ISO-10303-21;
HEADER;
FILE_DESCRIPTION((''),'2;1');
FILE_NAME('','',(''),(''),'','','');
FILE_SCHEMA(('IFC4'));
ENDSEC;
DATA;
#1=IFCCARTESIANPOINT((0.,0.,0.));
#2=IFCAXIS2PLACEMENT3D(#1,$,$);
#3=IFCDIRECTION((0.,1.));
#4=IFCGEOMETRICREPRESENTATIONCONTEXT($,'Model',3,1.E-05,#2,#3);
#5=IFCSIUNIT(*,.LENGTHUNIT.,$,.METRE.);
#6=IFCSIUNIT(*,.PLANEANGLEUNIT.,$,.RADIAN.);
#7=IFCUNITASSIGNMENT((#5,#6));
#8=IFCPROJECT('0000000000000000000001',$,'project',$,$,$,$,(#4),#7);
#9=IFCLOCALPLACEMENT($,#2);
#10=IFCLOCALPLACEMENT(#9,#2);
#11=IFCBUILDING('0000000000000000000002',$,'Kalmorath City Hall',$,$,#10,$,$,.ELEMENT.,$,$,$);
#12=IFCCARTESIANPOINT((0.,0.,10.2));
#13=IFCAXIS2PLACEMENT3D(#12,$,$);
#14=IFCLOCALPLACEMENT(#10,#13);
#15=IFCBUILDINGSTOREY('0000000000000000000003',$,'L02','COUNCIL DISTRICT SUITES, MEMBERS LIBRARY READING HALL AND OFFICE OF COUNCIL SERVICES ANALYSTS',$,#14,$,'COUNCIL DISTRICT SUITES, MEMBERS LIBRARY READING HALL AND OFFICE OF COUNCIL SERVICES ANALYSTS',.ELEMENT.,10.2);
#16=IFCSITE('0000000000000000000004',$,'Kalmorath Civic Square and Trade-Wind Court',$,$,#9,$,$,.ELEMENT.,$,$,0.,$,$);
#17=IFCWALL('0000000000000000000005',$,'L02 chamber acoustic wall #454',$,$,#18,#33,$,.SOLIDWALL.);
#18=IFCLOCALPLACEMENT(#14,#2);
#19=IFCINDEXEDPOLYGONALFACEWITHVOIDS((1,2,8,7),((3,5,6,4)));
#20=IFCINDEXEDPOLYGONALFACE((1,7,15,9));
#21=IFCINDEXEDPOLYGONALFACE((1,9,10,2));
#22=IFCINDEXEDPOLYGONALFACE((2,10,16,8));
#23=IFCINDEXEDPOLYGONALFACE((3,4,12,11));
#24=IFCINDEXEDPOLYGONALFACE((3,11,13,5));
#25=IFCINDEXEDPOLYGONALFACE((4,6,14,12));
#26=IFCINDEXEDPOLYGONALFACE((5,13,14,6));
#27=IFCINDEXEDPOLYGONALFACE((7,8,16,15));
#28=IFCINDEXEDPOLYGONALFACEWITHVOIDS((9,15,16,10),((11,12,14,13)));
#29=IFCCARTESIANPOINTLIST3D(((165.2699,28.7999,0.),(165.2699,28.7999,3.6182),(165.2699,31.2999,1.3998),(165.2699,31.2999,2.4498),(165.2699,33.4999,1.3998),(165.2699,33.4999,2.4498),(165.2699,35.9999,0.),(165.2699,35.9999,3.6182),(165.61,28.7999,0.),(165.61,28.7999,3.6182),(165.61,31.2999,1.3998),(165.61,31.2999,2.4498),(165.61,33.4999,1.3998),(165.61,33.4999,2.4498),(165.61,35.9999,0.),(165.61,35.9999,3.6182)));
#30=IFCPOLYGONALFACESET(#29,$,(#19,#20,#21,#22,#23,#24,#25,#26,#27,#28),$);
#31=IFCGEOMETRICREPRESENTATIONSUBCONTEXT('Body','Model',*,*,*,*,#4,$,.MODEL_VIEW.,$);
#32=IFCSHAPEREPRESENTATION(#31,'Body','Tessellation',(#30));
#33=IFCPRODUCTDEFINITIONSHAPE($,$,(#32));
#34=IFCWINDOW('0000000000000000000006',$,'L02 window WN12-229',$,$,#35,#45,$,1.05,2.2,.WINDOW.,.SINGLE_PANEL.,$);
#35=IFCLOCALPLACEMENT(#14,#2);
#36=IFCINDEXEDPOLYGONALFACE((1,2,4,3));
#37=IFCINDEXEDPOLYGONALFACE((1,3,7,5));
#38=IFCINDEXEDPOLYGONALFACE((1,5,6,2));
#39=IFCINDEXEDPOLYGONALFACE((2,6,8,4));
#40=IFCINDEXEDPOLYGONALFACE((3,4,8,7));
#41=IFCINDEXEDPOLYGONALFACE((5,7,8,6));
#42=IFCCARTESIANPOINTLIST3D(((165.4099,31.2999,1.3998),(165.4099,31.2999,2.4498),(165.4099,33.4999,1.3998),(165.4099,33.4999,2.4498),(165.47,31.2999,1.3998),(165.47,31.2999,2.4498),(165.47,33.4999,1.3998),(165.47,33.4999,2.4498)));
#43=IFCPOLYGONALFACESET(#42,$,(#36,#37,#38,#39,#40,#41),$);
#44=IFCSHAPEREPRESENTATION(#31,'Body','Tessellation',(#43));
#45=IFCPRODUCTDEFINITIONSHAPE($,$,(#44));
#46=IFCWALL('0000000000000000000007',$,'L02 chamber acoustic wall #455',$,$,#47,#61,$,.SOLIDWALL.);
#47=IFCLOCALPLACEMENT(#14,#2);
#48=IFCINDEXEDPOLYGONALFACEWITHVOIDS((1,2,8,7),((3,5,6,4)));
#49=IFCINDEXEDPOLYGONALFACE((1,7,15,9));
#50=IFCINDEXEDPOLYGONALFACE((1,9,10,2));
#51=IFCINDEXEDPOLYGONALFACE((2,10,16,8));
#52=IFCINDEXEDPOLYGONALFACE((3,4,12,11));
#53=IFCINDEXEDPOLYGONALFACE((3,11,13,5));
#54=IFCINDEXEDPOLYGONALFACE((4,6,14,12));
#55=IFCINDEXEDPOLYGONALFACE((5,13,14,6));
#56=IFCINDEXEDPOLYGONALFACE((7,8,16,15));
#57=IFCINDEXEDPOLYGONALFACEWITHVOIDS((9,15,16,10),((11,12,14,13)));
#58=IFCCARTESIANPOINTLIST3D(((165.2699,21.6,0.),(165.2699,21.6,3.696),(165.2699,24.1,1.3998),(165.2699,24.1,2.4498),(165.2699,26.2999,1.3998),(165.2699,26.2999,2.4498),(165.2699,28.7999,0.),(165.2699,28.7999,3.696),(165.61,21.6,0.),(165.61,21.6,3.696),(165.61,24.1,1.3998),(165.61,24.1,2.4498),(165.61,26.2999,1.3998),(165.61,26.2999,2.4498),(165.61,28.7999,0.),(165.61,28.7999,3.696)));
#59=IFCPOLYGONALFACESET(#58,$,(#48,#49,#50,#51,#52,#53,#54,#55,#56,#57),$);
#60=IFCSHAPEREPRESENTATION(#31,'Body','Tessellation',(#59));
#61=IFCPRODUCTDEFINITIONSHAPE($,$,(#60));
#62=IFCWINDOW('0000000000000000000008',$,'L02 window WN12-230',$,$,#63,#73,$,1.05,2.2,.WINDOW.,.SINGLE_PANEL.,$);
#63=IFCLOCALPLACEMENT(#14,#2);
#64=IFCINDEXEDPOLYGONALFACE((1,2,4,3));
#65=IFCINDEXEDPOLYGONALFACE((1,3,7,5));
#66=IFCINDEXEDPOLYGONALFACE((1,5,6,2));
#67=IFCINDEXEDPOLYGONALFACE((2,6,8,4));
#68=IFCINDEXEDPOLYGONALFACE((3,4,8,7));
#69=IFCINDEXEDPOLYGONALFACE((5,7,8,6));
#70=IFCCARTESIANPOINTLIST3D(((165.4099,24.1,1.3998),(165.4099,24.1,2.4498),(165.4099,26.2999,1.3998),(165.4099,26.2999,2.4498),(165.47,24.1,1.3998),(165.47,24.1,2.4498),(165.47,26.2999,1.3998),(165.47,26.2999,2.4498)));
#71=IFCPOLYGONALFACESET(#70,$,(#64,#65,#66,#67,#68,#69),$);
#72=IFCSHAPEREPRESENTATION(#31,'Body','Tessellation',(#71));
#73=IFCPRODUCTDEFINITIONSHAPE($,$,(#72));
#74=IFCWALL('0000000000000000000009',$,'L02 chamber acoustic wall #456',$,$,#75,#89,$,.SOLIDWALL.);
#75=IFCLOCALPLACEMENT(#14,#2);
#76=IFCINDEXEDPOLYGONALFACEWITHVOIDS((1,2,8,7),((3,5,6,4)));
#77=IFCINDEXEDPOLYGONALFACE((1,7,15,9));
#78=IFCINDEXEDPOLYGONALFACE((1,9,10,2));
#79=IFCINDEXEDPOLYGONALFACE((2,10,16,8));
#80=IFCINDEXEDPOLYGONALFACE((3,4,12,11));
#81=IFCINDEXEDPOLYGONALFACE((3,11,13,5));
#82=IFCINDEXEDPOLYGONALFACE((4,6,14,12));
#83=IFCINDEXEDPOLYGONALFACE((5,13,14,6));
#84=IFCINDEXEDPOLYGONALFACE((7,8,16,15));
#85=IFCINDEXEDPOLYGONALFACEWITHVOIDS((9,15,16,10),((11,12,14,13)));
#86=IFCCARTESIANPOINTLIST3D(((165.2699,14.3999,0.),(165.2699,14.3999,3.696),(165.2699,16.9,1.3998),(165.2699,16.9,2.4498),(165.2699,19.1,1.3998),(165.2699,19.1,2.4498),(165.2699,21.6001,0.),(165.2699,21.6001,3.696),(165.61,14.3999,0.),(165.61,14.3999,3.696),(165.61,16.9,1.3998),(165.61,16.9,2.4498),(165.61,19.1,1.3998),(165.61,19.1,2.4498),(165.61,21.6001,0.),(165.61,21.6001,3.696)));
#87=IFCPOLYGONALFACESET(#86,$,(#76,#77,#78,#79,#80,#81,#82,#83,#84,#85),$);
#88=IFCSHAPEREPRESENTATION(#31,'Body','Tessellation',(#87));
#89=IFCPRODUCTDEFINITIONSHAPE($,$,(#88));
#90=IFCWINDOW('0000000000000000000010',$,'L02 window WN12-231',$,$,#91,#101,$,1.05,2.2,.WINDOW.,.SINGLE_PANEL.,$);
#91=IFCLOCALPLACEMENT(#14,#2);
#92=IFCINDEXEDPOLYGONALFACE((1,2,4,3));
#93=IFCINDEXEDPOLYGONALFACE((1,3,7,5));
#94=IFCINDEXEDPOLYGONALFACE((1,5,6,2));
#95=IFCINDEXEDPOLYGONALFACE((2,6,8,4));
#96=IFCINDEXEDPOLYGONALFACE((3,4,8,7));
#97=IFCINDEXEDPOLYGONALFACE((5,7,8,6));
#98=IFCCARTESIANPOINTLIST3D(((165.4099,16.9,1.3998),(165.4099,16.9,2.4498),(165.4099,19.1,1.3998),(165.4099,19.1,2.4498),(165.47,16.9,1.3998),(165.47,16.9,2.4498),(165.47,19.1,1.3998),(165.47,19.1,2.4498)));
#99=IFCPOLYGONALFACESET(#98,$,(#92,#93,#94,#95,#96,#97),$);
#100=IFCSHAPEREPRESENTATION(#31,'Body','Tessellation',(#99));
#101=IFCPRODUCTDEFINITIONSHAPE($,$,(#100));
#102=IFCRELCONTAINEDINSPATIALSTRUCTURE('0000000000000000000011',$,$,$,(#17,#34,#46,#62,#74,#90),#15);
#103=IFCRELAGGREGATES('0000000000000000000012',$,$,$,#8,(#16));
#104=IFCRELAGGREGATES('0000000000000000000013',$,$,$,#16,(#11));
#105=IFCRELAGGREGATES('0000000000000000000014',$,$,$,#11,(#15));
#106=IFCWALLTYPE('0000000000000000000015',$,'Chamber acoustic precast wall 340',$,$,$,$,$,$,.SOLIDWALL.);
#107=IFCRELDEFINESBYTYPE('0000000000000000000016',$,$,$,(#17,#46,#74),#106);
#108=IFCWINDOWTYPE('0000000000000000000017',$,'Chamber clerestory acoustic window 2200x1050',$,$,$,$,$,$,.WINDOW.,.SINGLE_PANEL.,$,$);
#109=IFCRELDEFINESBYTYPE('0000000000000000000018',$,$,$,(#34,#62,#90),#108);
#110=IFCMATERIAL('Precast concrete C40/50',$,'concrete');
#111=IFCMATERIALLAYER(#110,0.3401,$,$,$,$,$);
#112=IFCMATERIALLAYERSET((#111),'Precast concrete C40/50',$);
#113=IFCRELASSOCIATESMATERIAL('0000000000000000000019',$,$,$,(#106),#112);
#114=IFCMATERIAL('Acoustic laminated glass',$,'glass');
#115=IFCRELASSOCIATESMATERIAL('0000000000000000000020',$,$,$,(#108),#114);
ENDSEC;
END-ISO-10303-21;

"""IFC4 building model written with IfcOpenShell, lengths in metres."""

from ifc_helpers import new_model, si_unit, direction, frame, frame_2d, origin, place, context, subcontext, project, spatial, rectangle, extrude, material, layer, layer_set, type_object, element, fill, save


model = new_model("IFC4")

# Units and contexts
model_context = context("Model", 3, precision=1e-05, world=origin(), true_north=direction((0.0, 1.0)))
body_context = subcontext(model_context, "Body", "Model", "MODEL_VIEW")
ifc_project = project(units=[si_unit("LENGTHUNIT", "METRE"), si_unit("PLANEANGLEUNIT", "RADIAN")], contexts=[model_context])

# Site, building, storey
site_placement = place(None, origin())
site = spatial("IfcSite", under=ifc_project, at=site_placement, Name="Kalmorath Civic Square and Trade-Wind Court", CompositionType="ELEMENT", RefElevation=0.0)
building_placement = place(site_placement, origin())
building = spatial("IfcBuilding", under=site, at=building_placement, Name="Kalmorath City Hall", CompositionType="ELEMENT")
storey_placement = place(building_placement, frame((0.0, 0.0, 10.2)))
storey = spatial("IfcBuildingStorey", under=building, at=storey_placement, Name="L02", Description="COUNCIL DISTRICT SUITES, MEMBERS LIBRARY READING HALL AND OFFICE OF COUNCIL SERVICES ANALYSTS", LongName="COUNCIL DISTRICT SUITES, MEMBERS LIBRARY READING HALL AND OFFICE OF COUNCIL SERVICES ANALYSTS", CompositionType="ELEMENT", Elevation=10.2)

# Walls, openings, windows
ifc_material_1 = material(Name="Precast concrete C40/50", Category="concrete")
ifc_layer = layer(ifc_material_1, 0.3401)
ifc_layer_set = layer_set([ifc_layer], Name="Precast concrete C40/50")
wall_type = type_object("IfcWallType", Name="Chamber acoustic precast wall 340", PredefinedType="SOLIDWALL", material=ifc_layer_set)
wall_1_placement = place(storey_placement, frame((165.4399, 36.0, 0.0), z_axis=(0.0, 0.0, 1.0), x_axis=(0.0, -1.0, 0.0)))
wall_1 = element("IfcWall", 1, at=wall_1_placement, inside=storey, type_object=wall_type, Name="L02 chamber acoustic wall #454", PredefinedType="SOLIDWALL", context=body_context, shape_type="SweptSolid", body=[
    extrude(rectangle(XDim=7.2, YDim=0.3401, at=frame_2d((3.6001, 0.0))), origin(), (0.0, 0.0, 1.0), 3.6182),
])
opening_1_placement = place(wall_1_placement, frame((2.5, 0.0, 1.3999)))
opening_1 = element("IfcOpeningElement", 2, at=opening_1_placement, cuts=wall_1, PredefinedType="OPENING", context=body_context, shape_type="SweptSolid", body=[
    extrude(rectangle(XDim=2.2, YDim=1.05, at=frame_2d((1.1001, 0.5249))), frame((0.0, 0.1799, 0.0), z_axis=(0.0, -1.0, 0.0), x_axis=(1.0, 0.0, 0.0)), (0.0, 0.0, 1.0), 0.3601),
])
ifc_material_2 = material(Name="Acoustic laminated glass", Category="glass")
window_type = type_object("IfcWindowType", Name="Chamber clerestory acoustic window 2200x1050", PartitioningType="SINGLE_PANEL", PredefinedType="WINDOW", material=ifc_material_2)
window_1_placement = place(opening_1_placement, origin())
window_1 = element("IfcWindow", 3, at=window_1_placement, inside=storey, type_object=window_type, Name="L02 window WN12-229", OverallHeight=1.05, OverallWidth=2.2, PartitioningType="SINGLE_PANEL", PredefinedType="WINDOW", context=body_context, shape_type="SweptSolid", body=[
    extrude(rectangle(XDim=2.2, YDim=1.05, at=frame_2d((1.1001, 0.5249))), frame((0.0, 0.03, 0.0), z_axis=(0.0, -1.0, 0.0), x_axis=(1.0, 0.0, 0.0)), (0.0, 0.0, 1.0), 0.0601),
])
fill(opening_1, window_1)
wall_2_placement = place(storey_placement, frame((165.4399, 28.8, 0.0), z_axis=(0.0, 0.0, 1.0), x_axis=(0.0, -1.0, 0.0)))
wall_2 = element("IfcWall", 4, at=wall_2_placement, inside=storey, type_object=wall_type, Name="L02 chamber acoustic wall #455", PredefinedType="SOLIDWALL", context=body_context, shape_type="SweptSolid", body=[
    extrude(rectangle(XDim=7.2, YDim=0.3401, at=frame_2d((3.6001, 0.0))), origin(), (0.0, 0.0, 1.0), 3.696),
])
opening_2_placement = place(wall_2_placement, frame((2.5, 0.0, 1.3999)))
opening_2 = element("IfcOpeningElement", 5, at=opening_2_placement, cuts=wall_2, PredefinedType="OPENING", context=body_context, shape_type="SweptSolid", body=[
    extrude(rectangle(XDim=2.2, YDim=1.05, at=frame_2d((1.1001, 0.5249))), frame((0.0, 0.1799, 0.0), z_axis=(0.0, -1.0, 0.0), x_axis=(1.0, 0.0, 0.0)), (0.0, 0.0, 1.0), 0.3601),
])
window_2_placement = place(opening_2_placement, origin())
window_2 = element("IfcWindow", 6, at=window_2_placement, inside=storey, type_object=window_type, Name="L02 window WN12-230", OverallHeight=1.05, OverallWidth=2.2, PartitioningType="SINGLE_PANEL", PredefinedType="WINDOW", context=body_context, shape_type="SweptSolid", body=[
    extrude(rectangle(XDim=2.2, YDim=1.05, at=frame_2d((1.1001, 0.5249))), frame((0.0, 0.03, 0.0), z_axis=(0.0, -1.0, 0.0), x_axis=(1.0, 0.0, 0.0)), (0.0, 0.0, 1.0), 0.0601),
])
fill(opening_2, window_2)
wall_3_placement = place(storey_placement, frame((165.4399, 21.6001, 0.0), z_axis=(0.0, 0.0, 1.0), x_axis=(0.0, -1.0, 0.0)))
wall_3 = element("IfcWall", 7, at=wall_3_placement, inside=storey, type_object=wall_type, Name="L02 chamber acoustic wall #456", PredefinedType="SOLIDWALL", context=body_context, shape_type="SweptSolid", body=[
    extrude(rectangle(XDim=7.2002, YDim=0.3401, at=frame_2d((3.6001, 0.0))), origin(), (0.0, 0.0, 1.0), 3.696),
])
opening_3_placement = place(wall_3_placement, frame((2.5, 0.0, 1.3999)))
opening_3 = element("IfcOpeningElement", 8, at=opening_3_placement, cuts=wall_3, PredefinedType="OPENING", context=body_context, shape_type="SweptSolid", body=[
    extrude(rectangle(XDim=2.2, YDim=1.05, at=frame_2d((1.1001, 0.5249))), frame((0.0, 0.1799, 0.0), z_axis=(0.0, -1.0, 0.0), x_axis=(1.0, 0.0, 0.0)), (0.0, 0.0, 1.0), 0.3601),
])
window_3_placement = place(opening_3_placement, origin())
window_3 = element("IfcWindow", 9, at=window_3_placement, inside=storey, type_object=window_type, Name="L02 window WN12-231", OverallHeight=1.05, OverallWidth=2.2, PartitioningType="SINGLE_PANEL", PredefinedType="WINDOW", context=body_context, shape_type="SweptSolid", body=[
    extrude(rectangle(XDim=2.2, YDim=1.05, at=frame_2d((1.1001, 0.5249))), frame((0.0, 0.03, 0.0), z_axis=(0.0, -1.0, 0.0), x_axis=(1.0, 0.0, 0.0)), (0.0, 0.0, 1.0), 0.0601),
])
fill(opening_3, window_3)

save(model, "model.ifc")
